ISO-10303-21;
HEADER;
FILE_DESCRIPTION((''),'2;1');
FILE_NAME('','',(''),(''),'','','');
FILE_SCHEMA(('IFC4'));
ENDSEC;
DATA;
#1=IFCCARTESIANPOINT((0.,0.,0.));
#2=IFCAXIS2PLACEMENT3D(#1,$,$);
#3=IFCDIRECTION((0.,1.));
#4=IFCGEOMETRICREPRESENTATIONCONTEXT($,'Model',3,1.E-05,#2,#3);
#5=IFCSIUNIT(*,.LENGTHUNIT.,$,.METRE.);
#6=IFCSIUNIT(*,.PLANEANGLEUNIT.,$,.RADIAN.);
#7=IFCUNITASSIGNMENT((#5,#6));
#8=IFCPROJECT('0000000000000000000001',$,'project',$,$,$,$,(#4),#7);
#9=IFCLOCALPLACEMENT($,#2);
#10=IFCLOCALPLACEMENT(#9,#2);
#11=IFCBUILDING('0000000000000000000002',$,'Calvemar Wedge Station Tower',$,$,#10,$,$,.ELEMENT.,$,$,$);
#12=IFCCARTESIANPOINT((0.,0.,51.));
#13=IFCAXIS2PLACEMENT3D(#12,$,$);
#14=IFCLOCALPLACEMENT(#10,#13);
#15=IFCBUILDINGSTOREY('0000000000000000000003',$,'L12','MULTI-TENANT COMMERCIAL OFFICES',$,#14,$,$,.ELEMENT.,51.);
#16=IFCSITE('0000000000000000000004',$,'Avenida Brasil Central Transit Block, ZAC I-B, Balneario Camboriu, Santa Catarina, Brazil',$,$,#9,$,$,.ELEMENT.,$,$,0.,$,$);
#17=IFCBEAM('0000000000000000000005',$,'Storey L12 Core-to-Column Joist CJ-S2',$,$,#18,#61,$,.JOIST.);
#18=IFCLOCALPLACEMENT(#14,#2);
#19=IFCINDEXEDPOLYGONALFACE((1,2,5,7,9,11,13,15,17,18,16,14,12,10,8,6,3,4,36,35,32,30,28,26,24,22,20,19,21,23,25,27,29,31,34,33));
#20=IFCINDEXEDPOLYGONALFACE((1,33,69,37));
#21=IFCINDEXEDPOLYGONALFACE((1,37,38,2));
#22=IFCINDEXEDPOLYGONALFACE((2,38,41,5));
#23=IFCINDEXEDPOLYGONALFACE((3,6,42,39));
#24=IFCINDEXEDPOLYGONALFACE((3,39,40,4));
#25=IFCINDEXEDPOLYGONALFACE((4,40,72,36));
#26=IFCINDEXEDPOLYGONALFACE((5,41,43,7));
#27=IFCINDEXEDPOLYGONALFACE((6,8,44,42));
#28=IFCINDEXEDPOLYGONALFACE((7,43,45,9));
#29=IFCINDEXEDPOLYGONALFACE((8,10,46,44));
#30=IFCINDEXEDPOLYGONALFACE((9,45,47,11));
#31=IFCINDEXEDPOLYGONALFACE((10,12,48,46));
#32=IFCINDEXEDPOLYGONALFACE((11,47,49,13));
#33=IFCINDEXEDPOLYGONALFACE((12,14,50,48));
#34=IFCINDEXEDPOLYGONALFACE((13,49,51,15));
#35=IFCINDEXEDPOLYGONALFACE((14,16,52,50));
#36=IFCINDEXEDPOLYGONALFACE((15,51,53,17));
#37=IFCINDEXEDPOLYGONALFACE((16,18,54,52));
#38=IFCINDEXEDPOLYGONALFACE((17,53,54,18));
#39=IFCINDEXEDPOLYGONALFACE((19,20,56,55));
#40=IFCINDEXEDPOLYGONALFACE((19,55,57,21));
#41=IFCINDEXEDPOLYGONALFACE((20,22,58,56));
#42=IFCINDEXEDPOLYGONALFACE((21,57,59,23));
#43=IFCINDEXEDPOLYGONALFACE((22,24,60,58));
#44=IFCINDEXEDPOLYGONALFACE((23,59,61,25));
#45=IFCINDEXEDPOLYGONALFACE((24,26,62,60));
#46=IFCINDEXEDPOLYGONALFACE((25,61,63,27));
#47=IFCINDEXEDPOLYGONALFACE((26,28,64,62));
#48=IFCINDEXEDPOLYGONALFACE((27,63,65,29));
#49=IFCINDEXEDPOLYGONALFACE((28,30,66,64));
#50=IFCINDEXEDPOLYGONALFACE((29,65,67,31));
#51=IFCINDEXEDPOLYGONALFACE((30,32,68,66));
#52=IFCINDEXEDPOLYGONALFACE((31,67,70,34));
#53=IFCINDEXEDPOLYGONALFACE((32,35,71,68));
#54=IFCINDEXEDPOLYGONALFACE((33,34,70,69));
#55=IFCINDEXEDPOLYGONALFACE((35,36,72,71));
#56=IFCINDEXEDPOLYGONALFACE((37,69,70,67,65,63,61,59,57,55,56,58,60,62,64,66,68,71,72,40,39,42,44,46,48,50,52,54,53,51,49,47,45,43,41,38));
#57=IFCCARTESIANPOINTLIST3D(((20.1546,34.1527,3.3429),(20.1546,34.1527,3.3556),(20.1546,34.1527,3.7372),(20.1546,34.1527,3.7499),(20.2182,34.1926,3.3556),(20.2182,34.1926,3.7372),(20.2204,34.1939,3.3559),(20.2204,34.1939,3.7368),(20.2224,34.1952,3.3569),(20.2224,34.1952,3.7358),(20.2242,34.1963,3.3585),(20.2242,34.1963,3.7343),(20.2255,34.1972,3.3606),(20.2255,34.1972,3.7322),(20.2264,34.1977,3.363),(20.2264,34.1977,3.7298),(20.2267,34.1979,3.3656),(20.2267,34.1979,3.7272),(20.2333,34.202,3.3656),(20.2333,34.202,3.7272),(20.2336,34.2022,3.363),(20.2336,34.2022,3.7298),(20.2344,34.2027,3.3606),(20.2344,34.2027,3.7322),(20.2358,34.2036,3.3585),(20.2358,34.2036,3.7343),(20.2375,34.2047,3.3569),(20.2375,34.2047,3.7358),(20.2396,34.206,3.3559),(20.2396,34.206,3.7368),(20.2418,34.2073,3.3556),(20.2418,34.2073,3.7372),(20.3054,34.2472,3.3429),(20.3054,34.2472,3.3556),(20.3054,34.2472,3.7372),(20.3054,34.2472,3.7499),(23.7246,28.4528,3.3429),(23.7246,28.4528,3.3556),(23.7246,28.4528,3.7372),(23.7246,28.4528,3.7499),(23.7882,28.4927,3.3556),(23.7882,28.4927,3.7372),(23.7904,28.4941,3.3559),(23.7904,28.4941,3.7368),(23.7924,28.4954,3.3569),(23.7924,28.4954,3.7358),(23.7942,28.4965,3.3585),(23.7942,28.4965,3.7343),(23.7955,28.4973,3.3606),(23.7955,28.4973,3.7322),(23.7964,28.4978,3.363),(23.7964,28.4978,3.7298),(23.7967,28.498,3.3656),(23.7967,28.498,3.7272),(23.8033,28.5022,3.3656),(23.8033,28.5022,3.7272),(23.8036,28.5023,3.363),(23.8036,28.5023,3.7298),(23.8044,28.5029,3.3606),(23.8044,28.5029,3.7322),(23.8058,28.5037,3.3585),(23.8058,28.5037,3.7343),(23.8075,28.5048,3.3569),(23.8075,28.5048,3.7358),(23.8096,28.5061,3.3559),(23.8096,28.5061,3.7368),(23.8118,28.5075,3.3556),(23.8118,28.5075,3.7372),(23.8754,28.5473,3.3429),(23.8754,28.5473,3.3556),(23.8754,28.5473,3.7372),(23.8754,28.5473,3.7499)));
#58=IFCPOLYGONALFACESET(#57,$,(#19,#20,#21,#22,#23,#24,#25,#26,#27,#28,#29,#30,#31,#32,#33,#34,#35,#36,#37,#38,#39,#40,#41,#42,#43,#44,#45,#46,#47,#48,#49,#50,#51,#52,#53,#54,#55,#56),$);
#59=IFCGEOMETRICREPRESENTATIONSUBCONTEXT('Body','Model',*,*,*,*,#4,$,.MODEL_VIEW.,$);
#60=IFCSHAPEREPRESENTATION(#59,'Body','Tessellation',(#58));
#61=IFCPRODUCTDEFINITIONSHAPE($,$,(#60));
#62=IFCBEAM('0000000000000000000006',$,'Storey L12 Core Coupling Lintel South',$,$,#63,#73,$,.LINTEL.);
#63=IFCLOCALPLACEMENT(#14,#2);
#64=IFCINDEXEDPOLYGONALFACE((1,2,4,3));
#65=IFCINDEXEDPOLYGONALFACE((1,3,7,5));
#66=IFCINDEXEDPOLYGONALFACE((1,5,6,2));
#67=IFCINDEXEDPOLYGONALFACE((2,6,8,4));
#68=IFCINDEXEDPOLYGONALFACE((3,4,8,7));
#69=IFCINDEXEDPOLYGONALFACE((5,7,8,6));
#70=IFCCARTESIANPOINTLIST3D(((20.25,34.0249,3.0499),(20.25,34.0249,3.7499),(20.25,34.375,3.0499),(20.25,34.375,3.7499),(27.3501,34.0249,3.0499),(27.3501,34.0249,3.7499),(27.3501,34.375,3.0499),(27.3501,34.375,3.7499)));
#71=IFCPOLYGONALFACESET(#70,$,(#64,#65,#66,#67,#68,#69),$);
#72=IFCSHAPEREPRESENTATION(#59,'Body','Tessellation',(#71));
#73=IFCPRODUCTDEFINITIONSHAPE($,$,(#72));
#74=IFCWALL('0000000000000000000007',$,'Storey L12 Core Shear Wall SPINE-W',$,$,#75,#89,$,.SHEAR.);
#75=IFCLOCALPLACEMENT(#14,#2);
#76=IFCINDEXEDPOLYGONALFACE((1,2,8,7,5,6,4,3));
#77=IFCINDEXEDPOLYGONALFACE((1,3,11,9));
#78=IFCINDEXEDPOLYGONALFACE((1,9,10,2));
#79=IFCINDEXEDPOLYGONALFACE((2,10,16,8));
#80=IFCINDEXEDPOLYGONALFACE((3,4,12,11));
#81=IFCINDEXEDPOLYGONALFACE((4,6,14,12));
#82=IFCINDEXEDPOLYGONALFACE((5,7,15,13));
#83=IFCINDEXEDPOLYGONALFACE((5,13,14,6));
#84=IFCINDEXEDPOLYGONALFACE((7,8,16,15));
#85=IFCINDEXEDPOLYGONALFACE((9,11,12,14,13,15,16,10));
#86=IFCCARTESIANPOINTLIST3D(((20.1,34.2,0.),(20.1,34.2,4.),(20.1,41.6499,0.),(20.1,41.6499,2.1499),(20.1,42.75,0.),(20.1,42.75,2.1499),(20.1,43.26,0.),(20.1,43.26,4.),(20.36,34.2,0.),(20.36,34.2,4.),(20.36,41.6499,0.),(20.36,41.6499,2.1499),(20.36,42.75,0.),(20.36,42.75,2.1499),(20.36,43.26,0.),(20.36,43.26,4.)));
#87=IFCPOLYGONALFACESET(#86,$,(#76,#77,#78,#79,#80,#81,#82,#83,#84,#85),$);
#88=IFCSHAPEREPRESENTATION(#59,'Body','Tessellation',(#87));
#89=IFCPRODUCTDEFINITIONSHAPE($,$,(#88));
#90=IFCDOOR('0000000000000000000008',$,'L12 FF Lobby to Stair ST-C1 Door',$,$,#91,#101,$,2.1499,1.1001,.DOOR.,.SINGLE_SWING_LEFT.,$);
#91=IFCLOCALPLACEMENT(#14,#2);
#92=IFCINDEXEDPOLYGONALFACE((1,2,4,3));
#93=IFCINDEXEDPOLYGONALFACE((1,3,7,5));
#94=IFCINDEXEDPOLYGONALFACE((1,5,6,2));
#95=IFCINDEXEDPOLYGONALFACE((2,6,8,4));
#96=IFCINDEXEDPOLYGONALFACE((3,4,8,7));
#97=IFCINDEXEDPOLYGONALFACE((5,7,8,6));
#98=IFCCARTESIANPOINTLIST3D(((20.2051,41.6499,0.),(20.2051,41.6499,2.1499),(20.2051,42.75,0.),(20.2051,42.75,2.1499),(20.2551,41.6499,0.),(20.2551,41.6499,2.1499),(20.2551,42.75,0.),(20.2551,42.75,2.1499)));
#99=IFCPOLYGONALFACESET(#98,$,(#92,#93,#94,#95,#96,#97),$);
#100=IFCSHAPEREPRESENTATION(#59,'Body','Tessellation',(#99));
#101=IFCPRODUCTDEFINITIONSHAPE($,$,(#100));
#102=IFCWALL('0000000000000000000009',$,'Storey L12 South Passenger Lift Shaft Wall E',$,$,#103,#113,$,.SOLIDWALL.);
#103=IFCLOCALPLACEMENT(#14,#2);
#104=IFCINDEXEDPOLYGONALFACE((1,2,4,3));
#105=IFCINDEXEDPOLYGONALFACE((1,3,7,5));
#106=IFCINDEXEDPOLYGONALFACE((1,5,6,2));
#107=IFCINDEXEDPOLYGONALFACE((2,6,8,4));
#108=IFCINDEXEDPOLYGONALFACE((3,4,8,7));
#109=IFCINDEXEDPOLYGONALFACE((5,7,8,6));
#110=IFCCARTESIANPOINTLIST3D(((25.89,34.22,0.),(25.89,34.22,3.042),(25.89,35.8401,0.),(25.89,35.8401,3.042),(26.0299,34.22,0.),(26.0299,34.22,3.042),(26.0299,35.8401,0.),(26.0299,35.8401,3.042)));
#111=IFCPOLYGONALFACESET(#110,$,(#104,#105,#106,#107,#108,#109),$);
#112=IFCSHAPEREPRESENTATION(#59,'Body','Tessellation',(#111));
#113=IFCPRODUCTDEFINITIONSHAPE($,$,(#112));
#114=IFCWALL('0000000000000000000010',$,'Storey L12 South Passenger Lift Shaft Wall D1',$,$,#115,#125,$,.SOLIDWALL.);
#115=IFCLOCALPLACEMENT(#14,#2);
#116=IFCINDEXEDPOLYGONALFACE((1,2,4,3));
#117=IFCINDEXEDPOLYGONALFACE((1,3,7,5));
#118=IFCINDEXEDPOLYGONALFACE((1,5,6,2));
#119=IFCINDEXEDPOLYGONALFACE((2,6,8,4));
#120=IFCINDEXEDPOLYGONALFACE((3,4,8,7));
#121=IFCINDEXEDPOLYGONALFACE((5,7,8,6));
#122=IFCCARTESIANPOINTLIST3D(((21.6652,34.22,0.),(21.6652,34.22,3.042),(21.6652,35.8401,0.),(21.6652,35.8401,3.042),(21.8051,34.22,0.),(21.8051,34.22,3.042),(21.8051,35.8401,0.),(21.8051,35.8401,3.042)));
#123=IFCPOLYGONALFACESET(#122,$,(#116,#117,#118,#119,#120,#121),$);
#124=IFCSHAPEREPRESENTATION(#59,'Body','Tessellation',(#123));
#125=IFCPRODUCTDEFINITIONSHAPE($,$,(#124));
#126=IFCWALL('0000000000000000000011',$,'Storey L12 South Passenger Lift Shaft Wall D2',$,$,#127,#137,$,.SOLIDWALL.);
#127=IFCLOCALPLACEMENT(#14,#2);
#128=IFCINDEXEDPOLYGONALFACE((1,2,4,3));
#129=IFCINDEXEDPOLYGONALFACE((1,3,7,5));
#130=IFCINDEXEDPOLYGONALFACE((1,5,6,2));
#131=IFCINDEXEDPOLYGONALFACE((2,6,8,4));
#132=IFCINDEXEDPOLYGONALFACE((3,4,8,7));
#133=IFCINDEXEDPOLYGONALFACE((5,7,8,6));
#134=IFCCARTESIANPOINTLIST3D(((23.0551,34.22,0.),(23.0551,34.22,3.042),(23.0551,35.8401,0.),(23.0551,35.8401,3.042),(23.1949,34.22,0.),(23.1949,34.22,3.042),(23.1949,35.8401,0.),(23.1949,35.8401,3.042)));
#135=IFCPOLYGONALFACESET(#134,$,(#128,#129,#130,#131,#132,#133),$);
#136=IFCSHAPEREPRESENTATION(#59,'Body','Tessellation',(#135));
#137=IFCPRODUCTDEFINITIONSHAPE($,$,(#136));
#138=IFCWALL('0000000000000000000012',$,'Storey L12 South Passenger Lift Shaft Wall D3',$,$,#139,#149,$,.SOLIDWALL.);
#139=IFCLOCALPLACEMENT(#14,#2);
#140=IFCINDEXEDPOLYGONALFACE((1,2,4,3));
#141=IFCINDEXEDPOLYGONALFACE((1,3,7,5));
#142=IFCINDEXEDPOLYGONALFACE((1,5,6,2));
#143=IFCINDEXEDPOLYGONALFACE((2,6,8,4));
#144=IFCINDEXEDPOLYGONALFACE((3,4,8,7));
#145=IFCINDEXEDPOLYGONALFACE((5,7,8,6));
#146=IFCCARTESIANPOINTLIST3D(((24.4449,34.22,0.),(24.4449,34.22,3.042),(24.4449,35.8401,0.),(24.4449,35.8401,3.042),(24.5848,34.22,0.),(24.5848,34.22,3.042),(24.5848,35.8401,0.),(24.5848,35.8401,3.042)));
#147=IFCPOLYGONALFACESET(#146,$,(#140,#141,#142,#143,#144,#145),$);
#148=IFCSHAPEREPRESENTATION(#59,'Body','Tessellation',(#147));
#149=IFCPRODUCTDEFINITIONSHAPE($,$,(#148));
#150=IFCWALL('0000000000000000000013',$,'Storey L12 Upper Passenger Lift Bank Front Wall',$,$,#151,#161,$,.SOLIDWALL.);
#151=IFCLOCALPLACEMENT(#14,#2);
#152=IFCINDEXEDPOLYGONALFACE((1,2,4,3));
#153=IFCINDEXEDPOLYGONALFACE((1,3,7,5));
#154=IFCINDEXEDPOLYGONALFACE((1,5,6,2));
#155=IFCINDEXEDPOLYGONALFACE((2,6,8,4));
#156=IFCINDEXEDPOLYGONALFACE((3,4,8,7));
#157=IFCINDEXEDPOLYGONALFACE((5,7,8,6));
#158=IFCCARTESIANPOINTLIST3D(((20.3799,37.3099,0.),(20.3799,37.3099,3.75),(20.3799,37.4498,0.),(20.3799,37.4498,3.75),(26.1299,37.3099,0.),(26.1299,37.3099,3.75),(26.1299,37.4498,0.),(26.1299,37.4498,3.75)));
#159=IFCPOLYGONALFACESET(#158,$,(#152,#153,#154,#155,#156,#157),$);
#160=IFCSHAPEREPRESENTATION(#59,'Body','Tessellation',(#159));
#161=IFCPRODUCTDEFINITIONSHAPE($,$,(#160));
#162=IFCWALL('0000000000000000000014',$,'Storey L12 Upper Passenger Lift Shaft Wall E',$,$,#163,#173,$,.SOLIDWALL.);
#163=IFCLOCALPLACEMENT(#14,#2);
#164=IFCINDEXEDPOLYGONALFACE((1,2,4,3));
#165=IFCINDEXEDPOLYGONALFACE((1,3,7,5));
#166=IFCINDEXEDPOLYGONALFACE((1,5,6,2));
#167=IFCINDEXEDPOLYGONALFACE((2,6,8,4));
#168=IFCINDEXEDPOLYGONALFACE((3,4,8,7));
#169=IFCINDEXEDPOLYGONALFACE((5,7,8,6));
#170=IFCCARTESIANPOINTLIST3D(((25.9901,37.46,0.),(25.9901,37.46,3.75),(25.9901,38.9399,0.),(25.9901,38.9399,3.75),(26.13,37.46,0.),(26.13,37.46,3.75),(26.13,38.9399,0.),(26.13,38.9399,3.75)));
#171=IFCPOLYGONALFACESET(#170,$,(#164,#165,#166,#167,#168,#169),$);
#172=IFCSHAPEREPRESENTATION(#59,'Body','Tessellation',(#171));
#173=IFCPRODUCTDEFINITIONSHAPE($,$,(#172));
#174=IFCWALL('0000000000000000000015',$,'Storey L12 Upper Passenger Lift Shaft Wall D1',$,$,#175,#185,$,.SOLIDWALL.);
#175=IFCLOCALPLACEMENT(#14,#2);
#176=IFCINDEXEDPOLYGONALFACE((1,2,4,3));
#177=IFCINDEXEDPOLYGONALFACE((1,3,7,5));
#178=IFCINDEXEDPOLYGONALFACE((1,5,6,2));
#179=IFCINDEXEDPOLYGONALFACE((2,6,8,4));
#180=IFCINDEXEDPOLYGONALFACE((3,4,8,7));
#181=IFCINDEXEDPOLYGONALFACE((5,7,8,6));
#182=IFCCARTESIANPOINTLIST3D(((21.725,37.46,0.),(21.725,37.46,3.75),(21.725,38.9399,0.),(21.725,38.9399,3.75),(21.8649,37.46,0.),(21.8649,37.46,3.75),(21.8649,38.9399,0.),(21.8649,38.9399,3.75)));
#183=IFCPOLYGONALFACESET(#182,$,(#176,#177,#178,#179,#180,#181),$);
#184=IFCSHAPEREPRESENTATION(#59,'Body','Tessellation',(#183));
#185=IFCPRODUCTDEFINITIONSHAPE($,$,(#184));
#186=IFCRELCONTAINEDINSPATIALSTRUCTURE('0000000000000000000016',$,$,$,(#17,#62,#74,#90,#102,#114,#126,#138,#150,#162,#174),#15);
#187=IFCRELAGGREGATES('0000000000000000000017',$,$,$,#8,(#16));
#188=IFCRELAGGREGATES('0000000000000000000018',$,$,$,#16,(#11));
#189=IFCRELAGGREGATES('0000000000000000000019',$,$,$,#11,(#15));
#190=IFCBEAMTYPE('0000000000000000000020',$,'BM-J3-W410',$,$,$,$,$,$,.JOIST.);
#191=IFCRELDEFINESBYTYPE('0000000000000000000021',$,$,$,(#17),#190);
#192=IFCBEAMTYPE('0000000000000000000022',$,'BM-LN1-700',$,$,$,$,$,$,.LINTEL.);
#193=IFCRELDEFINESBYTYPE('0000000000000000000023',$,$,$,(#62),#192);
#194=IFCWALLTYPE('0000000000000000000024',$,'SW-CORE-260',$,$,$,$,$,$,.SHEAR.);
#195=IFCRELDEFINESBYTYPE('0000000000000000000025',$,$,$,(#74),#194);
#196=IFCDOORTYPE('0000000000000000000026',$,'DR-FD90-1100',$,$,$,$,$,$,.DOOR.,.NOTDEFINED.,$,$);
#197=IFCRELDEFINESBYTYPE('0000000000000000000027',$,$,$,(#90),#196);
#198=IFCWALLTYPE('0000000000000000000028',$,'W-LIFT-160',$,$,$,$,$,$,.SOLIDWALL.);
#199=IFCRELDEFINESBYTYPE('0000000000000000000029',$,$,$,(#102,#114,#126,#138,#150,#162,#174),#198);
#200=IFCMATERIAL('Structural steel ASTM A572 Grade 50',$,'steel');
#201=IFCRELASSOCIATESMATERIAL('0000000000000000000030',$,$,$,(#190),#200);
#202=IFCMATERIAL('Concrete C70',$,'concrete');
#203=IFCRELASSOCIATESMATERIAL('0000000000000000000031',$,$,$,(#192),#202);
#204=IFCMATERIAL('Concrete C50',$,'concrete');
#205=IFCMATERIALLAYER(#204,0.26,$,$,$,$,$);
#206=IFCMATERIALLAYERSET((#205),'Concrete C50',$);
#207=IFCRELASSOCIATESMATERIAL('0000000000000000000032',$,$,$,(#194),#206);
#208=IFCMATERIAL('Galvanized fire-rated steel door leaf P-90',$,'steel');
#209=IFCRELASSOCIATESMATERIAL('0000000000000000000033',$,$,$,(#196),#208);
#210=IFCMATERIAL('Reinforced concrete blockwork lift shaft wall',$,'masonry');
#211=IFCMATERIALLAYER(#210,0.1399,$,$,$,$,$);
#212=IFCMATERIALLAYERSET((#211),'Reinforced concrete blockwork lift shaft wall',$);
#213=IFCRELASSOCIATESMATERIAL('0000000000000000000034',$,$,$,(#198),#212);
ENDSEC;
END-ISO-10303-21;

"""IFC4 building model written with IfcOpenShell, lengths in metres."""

from ifc_helpers import new_model, si_unit, direction, frame, frame_2d, origin, origin_2d, place, context, subcontext, project, spatial, rectangle, i_section, extrude, source, transform, mapped, material, layer, layer_set, material_profile, profile_set, type_object, element, fill, save


model = new_model("IFC4")

# Units and contexts
model_context = context("Model", 3, precision=1e-05, world=origin(), true_north=direction((0.0, 1.0)))
body_context = subcontext(model_context, "Body", "Model", "MODEL_VIEW")
ifc_project = project(units=[si_unit("LENGTHUNIT", "METRE"), si_unit("PLANEANGLEUNIT", "RADIAN")], contexts=[model_context])

# Site, building, storey
site_placement = place(None, origin())
site = spatial("IfcSite", under=ifc_project, at=site_placement, Name="Avenida Brasil Central Transit Block, ZAC I-B, Balneario Camboriu, Santa Catarina, Brazil", CompositionType="ELEMENT", RefElevation=0.0)
building_placement = place(site_placement, origin())
building = spatial("IfcBuilding", under=site, at=building_placement, Name="Calvemar Wedge Station Tower", CompositionType="ELEMENT")
storey_placement = place(building_placement, frame((0.0, 0.0, 51.0)))
storey = spatial("IfcBuildingStorey", under=building, at=storey_placement, Name="L12", Description="MULTI-TENANT COMMERCIAL OFFICES", CompositionType="ELEMENT", Elevation=51.0)

# Beams
ifc_material_1 = material(Name="Structural steel ASTM A572 Grade 50", Category="steel")
ifc_material_profile_1 = material_profile(ifc_material_1, i_section(OverallWidth=0.178, OverallDepth=0.407, WebThickness=0.0078, FlangeThickness=0.0127, FilletRadius=0.01, at=origin_2d()), Name="W410x60")
ifc_profile_set_1 = profile_set([ifc_material_profile_1], Name="Structural steel ASTM A572 Grade 50")
beam_type_1 = type_object("IfcBeamType", Name="BM-J3-W410", PredefinedType="JOIST", material=ifc_profile_set_1)
shared_shape_1 = source(origin(), body_context, "Body", "SweptSolid", [
    extrude(i_section(OverallWidth=0.178, OverallDepth=0.407, WebThickness=0.0078, FlangeThickness=0.0127, FilletRadius=0.01, at=origin_2d()), origin(), (0.0, 0.0, 1.0), 6.7256),
])
beam_1_placement = place(storey_placement, frame((20.23, 34.2, 3.5464), z_axis=(0.530811, -0.84749, 0.0), x_axis=(0.84749, 0.530811, 0.0)))
element("IfcBeam", 1, at=beam_1_placement, inside=storey, type_object=beam_type_1, Name="Storey L12 Core-to-Column Joist CJ-S2", PredefinedType="JOIST", context=body_context, shape_type="MappedRepresentation", body=[
    mapped(shared_shape_1, transform((0.0, 0.0, 0.0), scale=1.0)),
])
ifc_material_2 = material(Name="Concrete C70", Category="concrete")
ifc_material_profile_2 = material_profile(ifc_material_2, rectangle(XDim=0.3501, YDim=0.7, at=origin_2d()), Name="RC350x700")
ifc_profile_set_2 = profile_set([ifc_material_profile_2], Name="Concrete C70")
beam_type_2 = type_object("IfcBeamType", Name="BM-LN1-700", PredefinedType="LINTEL", material=ifc_profile_set_2)
shared_shape_2 = source(origin(), body_context, "Body", "SweptSolid", [
    extrude(rectangle(XDim=0.3501, YDim=0.7, at=origin_2d()), origin(), (0.0, 0.0, 1.0), 7.1001),
])
beam_2_placement = place(storey_placement, frame((20.25, 34.2, 3.3999), z_axis=(1.0, 0.0, 0.0), x_axis=(0.0, 1.0, 0.0)))
element("IfcBeam", 2, at=beam_2_placement, inside=storey, type_object=beam_type_2, Name="Storey L12 Core Coupling Lintel South", PredefinedType="LINTEL", context=body_context, shape_type="MappedRepresentation", body=[
    mapped(shared_shape_2, transform((0.0, 0.0, 0.0), scale=1.0)),
])

# Wall, opening, door
ifc_material_3 = material(Name="Concrete C50", Category="concrete")
ifc_layer_1 = layer(ifc_material_3, 0.26)
ifc_layer_set_1 = layer_set([ifc_layer_1], Name="Concrete C50")
wall_type_1 = type_object("IfcWallType", Name="SW-CORE-260", PredefinedType="SHEAR", material=ifc_layer_set_1)
wall_1_placement = place(storey_placement, frame((20.23, 34.2, 0.0), z_axis=(0.0, 0.0, 1.0), x_axis=(0.0, 1.0, 0.0)))
wall_1 = element("IfcWall", 3, at=wall_1_placement, inside=storey, type_object=wall_type_1, Name="Storey L12 Core Shear Wall SPINE-W", PredefinedType="SHEAR", context=body_context, shape_type="SweptSolid", body=[
    extrude(rectangle(XDim=9.0601, YDim=0.26, at=frame_2d((4.53, 0.0))), origin(), (0.0, 0.0, 1.0), 4.0),
])
shared_shape_3 = source(origin(), body_context, "Body", "SweptSolid", [
    extrude(rectangle(XDim=1.1001, YDim=2.1499, at=frame_2d((0.55, 1.075))), frame((0.0, 0.1401, 0.0), z_axis=(0.0, -1.0, 0.0), x_axis=(1.0, 0.0, 0.0)), (0.0, 0.0, 1.0), 0.28),
])
opening_1_placement = place(wall_1_placement, frame((7.45, 0.0, 0.0)))
opening_1 = element("IfcOpeningElement", 4, at=opening_1_placement, cuts=wall_1, PredefinedType="OPENING", context=body_context, shape_type="MappedRepresentation", body=[
    mapped(shared_shape_3, transform((0.0, 0.0, 0.0), scale=1.0)),
])
ifc_material_4 = material(Name="Galvanized fire-rated steel door leaf P-90", Category="steel")
door_type_1 = type_object("IfcDoorType", Name="DR-FD90-1100", OperationType="NOTDEFINED", PredefinedType="DOOR", material=ifc_material_4)
shared_shape_4 = source(origin(), body_context, "Body", "SweptSolid", [
    extrude(rectangle(XDim=1.1001, YDim=2.1499, at=frame_2d((0.55, 1.075))), frame((0.0, 0.0249, 0.0), z_axis=(0.0, -1.0, 0.0), x_axis=(1.0, 0.0, 0.0)), (0.0, 0.0, 1.0), 0.05),
])
door_1_placement = place(opening_1_placement, origin())
door_1 = element("IfcDoor", 5, at=door_1_placement, inside=storey, type_object=door_type_1, Name="L12 FF Lobby to Stair ST-C1 Door", OperationType="SINGLE_SWING_LEFT", OverallHeight=2.1499, OverallWidth=1.1001, PredefinedType="DOOR", context=body_context, shape_type="MappedRepresentation", body=[
    mapped(shared_shape_4, transform((0.0, 0.0, 0.0), scale=1.0)),
])
fill(opening_1, door_1)

# Shared definitions
ifc_material_5 = material(Name="Reinforced concrete blockwork lift shaft wall", Category="masonry")
ifc_layer_2 = layer(ifc_material_5, 0.1399)
ifc_layer_set_2 = layer_set([ifc_layer_2], Name="Reinforced concrete blockwork lift shaft wall")
wall_type_2 = type_object("IfcWallType", Name="W-LIFT-160", PredefinedType="SOLIDWALL", material=ifc_layer_set_2)

# Walls
for number, where, z_axis, x_axis, name in (
    (6, (25.96, 34.22, 0.0), (0.0, 0.0, 1.0), (0.0, 1.0, 0.0), "Storey L12 South Passenger Lift Shaft Wall E"),
    (7, (21.7351, 34.22, 0.0), (0.0, 0.0, 1.0), (0.0, 1.0, 0.0), "Storey L12 South Passenger Lift Shaft Wall D1"),
    (8, (23.125, 34.22, 0.0), (0.0, 0.0, 1.0), (0.0, 1.0, 0.0), "Storey L12 South Passenger Lift Shaft Wall D2"),
    (9, (24.5149, 34.22, 0.0), (0.0, 0.0, 1.0), (0.0, 1.0, 0.0), "Storey L12 South Passenger Lift Shaft Wall D3"),
):
    element("IfcWall", number, at=place(storey_placement, frame(where, z_axis=z_axis, x_axis=x_axis)), inside=storey, type_object=wall_type_2, Name=name, PredefinedType="SOLIDWALL", context=body_context, shape_type="SweptSolid", body=[
        extrude(rectangle(XDim=1.6201, YDim=0.1399, at=frame_2d((0.8101, 0.0))), origin(), (0.0, 0.0, 1.0), 3.042),
    ])
wall_2_placement = place(storey_placement, frame((20.3799, 37.3799, 0.0), z_axis=(0.0, 0.0, 1.0), x_axis=(1.0, 0.0, 0.0)))
element("IfcWall", 10, at=wall_2_placement, inside=storey, type_object=wall_type_2, Name="Storey L12 Upper Passenger Lift Bank Front Wall", PredefinedType="SOLIDWALL", context=body_context, shape_type="SweptSolid", body=[
    extrude(rectangle(XDim=5.75, YDim=0.1399, at=frame_2d((2.875, 0.0))), origin(), (0.0, 0.0, 1.0), 3.75),
])
for number, where, z_axis, x_axis, name in (
    (11, (26.0601, 37.46, 0.0), (0.0, 0.0, 1.0), (0.0, 1.0, 0.0), "Storey L12 Upper Passenger Lift Shaft Wall E"),
    (12, (21.7949, 37.46, 0.0), (0.0, 0.0, 1.0), (0.0, 1.0, 0.0), "Storey L12 Upper Passenger Lift Shaft Wall D1"),
):
    element("IfcWall", number, at=place(storey_placement, frame(where, z_axis=z_axis, x_axis=x_axis)), inside=storey, type_object=wall_type_2, Name=name, PredefinedType="SOLIDWALL", context=body_context, shape_type="SweptSolid", body=[
        extrude(rectangle(XDim=1.48, YDim=0.1399, at=frame_2d((0.74, 0.0))), origin(), (0.0, 0.0, 1.0), 3.75),
    ])

save(model, "model.ifc")
